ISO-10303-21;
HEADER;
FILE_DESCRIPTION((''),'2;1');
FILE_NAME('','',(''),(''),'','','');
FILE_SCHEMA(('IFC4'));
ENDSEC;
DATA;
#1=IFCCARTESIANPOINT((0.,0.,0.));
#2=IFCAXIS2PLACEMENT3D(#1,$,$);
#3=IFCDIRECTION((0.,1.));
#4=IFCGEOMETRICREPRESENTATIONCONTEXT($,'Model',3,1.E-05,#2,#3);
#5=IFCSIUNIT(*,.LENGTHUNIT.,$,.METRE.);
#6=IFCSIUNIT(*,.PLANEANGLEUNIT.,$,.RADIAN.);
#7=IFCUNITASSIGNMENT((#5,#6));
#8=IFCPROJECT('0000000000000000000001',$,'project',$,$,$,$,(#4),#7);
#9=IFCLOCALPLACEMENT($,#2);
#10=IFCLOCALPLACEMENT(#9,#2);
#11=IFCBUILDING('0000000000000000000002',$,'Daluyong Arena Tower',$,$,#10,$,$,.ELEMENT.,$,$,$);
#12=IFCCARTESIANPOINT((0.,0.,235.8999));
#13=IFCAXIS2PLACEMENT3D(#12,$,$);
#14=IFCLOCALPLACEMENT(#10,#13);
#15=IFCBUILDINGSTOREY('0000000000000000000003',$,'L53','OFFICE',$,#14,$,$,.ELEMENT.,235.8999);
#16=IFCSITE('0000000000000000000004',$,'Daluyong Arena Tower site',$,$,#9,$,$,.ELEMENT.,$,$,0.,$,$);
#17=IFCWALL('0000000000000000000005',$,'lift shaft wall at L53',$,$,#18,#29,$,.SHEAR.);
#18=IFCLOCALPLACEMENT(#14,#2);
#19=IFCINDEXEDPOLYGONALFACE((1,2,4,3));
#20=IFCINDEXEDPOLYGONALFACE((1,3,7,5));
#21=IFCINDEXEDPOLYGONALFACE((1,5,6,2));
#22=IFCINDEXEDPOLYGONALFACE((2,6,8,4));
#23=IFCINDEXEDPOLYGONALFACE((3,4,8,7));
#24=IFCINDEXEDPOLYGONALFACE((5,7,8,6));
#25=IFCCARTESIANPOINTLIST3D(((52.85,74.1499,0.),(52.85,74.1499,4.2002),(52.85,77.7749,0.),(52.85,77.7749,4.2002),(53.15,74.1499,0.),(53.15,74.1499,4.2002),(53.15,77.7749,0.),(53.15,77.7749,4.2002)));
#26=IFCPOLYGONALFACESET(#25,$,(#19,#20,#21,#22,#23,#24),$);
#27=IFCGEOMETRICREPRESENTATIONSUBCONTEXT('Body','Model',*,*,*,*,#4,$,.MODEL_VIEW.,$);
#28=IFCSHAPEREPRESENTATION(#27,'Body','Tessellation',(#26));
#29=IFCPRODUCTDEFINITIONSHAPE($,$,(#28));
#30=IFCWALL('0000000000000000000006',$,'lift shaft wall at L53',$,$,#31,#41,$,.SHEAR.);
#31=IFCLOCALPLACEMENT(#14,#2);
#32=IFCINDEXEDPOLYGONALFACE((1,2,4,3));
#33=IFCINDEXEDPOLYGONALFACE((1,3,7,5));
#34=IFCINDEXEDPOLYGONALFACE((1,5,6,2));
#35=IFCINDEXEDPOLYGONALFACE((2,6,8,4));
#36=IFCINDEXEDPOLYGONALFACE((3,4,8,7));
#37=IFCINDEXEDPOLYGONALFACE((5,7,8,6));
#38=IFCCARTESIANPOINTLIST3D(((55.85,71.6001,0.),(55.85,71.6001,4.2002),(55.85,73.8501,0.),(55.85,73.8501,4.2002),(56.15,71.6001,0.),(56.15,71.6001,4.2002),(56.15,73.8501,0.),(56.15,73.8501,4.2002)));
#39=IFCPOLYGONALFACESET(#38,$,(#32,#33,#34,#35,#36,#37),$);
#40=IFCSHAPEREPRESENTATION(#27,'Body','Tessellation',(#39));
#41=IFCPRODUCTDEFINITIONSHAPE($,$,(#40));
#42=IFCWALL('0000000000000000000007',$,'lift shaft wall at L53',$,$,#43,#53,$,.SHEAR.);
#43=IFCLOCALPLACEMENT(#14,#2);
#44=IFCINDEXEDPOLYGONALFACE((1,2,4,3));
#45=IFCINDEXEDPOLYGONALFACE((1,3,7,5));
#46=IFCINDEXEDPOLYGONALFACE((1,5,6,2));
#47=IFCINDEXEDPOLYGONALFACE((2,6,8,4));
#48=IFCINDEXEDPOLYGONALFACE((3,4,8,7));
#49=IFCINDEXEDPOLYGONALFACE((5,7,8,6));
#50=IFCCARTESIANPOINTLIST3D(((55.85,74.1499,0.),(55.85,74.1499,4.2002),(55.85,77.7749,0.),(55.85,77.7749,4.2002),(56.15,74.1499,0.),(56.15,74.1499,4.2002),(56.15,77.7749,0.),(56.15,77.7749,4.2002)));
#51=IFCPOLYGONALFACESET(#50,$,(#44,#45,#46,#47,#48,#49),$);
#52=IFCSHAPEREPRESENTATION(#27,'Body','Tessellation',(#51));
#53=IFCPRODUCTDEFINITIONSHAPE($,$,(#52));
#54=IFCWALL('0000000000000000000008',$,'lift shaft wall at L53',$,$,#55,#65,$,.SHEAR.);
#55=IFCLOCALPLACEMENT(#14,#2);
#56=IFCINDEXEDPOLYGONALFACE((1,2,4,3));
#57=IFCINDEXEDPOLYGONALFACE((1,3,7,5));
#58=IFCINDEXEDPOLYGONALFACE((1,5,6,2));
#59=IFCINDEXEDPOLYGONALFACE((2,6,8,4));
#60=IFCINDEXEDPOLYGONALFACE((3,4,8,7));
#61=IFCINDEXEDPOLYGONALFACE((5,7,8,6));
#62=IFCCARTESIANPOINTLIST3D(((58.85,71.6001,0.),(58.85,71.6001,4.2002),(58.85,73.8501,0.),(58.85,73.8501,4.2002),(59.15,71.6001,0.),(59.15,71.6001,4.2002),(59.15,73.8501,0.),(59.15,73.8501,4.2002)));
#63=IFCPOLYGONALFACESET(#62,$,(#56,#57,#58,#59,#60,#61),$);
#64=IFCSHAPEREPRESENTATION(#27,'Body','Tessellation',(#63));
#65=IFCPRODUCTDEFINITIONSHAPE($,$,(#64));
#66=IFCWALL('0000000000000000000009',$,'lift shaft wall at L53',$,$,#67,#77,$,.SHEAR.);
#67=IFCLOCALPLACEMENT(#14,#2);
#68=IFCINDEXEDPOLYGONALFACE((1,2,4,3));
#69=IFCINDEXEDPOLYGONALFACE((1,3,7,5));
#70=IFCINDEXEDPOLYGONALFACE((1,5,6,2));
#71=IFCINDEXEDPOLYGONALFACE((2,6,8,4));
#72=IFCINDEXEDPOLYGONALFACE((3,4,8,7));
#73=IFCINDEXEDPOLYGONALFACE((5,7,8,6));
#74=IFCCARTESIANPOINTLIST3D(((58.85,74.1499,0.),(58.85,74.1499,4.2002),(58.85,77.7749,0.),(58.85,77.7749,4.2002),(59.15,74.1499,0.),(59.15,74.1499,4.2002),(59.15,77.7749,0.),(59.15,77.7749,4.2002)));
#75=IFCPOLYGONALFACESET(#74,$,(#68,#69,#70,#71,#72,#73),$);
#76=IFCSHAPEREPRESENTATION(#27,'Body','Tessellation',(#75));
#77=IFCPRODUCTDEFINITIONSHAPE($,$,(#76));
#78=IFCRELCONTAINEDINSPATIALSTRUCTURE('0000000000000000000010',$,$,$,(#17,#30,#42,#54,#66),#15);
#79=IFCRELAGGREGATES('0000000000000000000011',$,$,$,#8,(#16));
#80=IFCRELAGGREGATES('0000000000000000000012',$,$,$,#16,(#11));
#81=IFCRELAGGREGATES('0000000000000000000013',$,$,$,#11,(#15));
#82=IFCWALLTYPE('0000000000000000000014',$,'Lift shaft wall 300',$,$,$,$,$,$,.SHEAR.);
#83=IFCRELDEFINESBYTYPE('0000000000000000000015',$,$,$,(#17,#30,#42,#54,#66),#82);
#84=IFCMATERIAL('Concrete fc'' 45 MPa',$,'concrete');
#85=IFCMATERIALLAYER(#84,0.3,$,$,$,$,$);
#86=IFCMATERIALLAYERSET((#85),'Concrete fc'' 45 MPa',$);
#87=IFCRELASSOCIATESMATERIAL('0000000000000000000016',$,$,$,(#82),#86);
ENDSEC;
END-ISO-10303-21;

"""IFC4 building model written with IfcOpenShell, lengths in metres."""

from ifc_helpers import new_model, si_unit, direction, frame, frame_2d, origin, place, context, subcontext, project, spatial, rectangle, extrude, material, layer, layer_set, type_object, element, save


model = new_model("IFC4")

# Units and contexts
model_context = context("Model", 3, precision=1e-05, world=origin(), true_north=direction((0.0, 1.0)))
body_context = subcontext(model_context, "Body", "Model", "MODEL_VIEW")
ifc_project = project(units=[si_unit("LENGTHUNIT", "METRE"), si_unit("PLANEANGLEUNIT", "RADIAN")], contexts=[model_context])

# Site, building, storey
site_placement = place(None, origin())
site = spatial("IfcSite", under=ifc_project, at=site_placement, Name="Daluyong Arena Tower site", CompositionType="ELEMENT", RefElevation=0.0)
building_placement = place(site_placement, origin())
building = spatial("IfcBuilding", under=site, at=building_placement, Name="Daluyong Arena Tower", CompositionType="ELEMENT")
storey_placement = place(building_placement, frame((0.0, 0.0, 235.8999)))
storey = spatial("IfcBuildingStorey", under=building, at=storey_placement, Name="L53", Description="OFFICE", CompositionType="ELEMENT", Elevation=235.8999)

# Walls
ifc_material_1 = material(Name="Concrete fc' 45 MPa", Category="concrete")
ifc_layer_1 = layer(ifc_material_1, 0.3)
ifc_layer_set_1 = layer_set([ifc_layer_1], Name="Concrete fc' 45 MPa")
wall_type_1 = type_object("IfcWallType", Name="Lift shaft wall 300", PredefinedType="SHEAR", material=ifc_layer_set_1)
wall_1_placement = place(storey_placement, frame((53.0, 74.1499, 0.0), z_axis=(0.0, 0.0, 1.0), x_axis=(0.0, 1.0, 0.0)))
element("IfcWall", 1, at=wall_1_placement, inside=storey, type_object=wall_type_1, Name="lift shaft wall at L53", PredefinedType="SHEAR", context=body_context, shape_type="SweptSolid", body=[
    extrude(rectangle(XDim=3.625, YDim=0.3, at=frame_2d((1.8125, 0.0))), origin(), (0.0, 0.0, 1.0), 4.2002),
])
wall_2_placement = place(storey_placement, frame((56.0, 71.6001, 0.0), z_axis=(0.0, 0.0, 1.0), x_axis=(0.0, 1.0, 0.0)))
element("IfcWall", 2, at=wall_2_placement, inside=storey, type_object=wall_type_1, Name="lift shaft wall at L53", PredefinedType="SHEAR", context=body_context, shape_type="SweptSolid", body=[
    extrude(rectangle(XDim=2.25, YDim=0.3, at=frame_2d((1.125, 0.0))), origin(), (0.0, 0.0, 1.0), 4.2002),
])
wall_3_placement = place(storey_placement, frame((56.0, 74.1499, 0.0), z_axis=(0.0, 0.0, 1.0), x_axis=(0.0, 1.0, 0.0)))
element("IfcWall", 3, at=wall_3_placement, inside=storey, type_object=wall_type_1, Name="lift shaft wall at L53", PredefinedType="SHEAR", context=body_context, shape_type="SweptSolid", body=[
    extrude(rectangle(XDim=3.625, YDim=0.3, at=frame_2d((1.8125, 0.0))), origin(), (0.0, 0.0, 1.0), 4.2002),
])
wall_4_placement = place(storey_placement, frame((59.0, 71.6001, 0.0), z_axis=(0.0, 0.0, 1.0), x_axis=(0.0, 1.0, 0.0)))
element("IfcWall", 4, at=wall_4_placement, inside=storey, type_object=wall_type_1, Name="lift shaft wall at L53", PredefinedType="SHEAR", context=body_context, shape_type="SweptSolid", body=[
    extrude(rectangle(XDim=2.25, YDim=0.3, at=frame_2d((1.125, 0.0))), origin(), (0.0, 0.0, 1.0), 4.2002),
])
wall_5_placement = place(storey_placement, frame((59.0, 74.1499, 0.0), z_axis=(0.0, 0.0, 1.0), x_axis=(0.0, 1.0, 0.0)))
element("IfcWall", 5, at=wall_5_placement, inside=storey, type_object=wall_type_1, Name="lift shaft wall at L53", PredefinedType="SHEAR", context=body_context, shape_type="SweptSolid", body=[
    extrude(rectangle(XDim=3.625, YDim=0.3, at=frame_2d((1.8125, 0.0))), origin(), (0.0, 0.0, 1.0), 4.2002),
])

save(model, "model.ifc")
